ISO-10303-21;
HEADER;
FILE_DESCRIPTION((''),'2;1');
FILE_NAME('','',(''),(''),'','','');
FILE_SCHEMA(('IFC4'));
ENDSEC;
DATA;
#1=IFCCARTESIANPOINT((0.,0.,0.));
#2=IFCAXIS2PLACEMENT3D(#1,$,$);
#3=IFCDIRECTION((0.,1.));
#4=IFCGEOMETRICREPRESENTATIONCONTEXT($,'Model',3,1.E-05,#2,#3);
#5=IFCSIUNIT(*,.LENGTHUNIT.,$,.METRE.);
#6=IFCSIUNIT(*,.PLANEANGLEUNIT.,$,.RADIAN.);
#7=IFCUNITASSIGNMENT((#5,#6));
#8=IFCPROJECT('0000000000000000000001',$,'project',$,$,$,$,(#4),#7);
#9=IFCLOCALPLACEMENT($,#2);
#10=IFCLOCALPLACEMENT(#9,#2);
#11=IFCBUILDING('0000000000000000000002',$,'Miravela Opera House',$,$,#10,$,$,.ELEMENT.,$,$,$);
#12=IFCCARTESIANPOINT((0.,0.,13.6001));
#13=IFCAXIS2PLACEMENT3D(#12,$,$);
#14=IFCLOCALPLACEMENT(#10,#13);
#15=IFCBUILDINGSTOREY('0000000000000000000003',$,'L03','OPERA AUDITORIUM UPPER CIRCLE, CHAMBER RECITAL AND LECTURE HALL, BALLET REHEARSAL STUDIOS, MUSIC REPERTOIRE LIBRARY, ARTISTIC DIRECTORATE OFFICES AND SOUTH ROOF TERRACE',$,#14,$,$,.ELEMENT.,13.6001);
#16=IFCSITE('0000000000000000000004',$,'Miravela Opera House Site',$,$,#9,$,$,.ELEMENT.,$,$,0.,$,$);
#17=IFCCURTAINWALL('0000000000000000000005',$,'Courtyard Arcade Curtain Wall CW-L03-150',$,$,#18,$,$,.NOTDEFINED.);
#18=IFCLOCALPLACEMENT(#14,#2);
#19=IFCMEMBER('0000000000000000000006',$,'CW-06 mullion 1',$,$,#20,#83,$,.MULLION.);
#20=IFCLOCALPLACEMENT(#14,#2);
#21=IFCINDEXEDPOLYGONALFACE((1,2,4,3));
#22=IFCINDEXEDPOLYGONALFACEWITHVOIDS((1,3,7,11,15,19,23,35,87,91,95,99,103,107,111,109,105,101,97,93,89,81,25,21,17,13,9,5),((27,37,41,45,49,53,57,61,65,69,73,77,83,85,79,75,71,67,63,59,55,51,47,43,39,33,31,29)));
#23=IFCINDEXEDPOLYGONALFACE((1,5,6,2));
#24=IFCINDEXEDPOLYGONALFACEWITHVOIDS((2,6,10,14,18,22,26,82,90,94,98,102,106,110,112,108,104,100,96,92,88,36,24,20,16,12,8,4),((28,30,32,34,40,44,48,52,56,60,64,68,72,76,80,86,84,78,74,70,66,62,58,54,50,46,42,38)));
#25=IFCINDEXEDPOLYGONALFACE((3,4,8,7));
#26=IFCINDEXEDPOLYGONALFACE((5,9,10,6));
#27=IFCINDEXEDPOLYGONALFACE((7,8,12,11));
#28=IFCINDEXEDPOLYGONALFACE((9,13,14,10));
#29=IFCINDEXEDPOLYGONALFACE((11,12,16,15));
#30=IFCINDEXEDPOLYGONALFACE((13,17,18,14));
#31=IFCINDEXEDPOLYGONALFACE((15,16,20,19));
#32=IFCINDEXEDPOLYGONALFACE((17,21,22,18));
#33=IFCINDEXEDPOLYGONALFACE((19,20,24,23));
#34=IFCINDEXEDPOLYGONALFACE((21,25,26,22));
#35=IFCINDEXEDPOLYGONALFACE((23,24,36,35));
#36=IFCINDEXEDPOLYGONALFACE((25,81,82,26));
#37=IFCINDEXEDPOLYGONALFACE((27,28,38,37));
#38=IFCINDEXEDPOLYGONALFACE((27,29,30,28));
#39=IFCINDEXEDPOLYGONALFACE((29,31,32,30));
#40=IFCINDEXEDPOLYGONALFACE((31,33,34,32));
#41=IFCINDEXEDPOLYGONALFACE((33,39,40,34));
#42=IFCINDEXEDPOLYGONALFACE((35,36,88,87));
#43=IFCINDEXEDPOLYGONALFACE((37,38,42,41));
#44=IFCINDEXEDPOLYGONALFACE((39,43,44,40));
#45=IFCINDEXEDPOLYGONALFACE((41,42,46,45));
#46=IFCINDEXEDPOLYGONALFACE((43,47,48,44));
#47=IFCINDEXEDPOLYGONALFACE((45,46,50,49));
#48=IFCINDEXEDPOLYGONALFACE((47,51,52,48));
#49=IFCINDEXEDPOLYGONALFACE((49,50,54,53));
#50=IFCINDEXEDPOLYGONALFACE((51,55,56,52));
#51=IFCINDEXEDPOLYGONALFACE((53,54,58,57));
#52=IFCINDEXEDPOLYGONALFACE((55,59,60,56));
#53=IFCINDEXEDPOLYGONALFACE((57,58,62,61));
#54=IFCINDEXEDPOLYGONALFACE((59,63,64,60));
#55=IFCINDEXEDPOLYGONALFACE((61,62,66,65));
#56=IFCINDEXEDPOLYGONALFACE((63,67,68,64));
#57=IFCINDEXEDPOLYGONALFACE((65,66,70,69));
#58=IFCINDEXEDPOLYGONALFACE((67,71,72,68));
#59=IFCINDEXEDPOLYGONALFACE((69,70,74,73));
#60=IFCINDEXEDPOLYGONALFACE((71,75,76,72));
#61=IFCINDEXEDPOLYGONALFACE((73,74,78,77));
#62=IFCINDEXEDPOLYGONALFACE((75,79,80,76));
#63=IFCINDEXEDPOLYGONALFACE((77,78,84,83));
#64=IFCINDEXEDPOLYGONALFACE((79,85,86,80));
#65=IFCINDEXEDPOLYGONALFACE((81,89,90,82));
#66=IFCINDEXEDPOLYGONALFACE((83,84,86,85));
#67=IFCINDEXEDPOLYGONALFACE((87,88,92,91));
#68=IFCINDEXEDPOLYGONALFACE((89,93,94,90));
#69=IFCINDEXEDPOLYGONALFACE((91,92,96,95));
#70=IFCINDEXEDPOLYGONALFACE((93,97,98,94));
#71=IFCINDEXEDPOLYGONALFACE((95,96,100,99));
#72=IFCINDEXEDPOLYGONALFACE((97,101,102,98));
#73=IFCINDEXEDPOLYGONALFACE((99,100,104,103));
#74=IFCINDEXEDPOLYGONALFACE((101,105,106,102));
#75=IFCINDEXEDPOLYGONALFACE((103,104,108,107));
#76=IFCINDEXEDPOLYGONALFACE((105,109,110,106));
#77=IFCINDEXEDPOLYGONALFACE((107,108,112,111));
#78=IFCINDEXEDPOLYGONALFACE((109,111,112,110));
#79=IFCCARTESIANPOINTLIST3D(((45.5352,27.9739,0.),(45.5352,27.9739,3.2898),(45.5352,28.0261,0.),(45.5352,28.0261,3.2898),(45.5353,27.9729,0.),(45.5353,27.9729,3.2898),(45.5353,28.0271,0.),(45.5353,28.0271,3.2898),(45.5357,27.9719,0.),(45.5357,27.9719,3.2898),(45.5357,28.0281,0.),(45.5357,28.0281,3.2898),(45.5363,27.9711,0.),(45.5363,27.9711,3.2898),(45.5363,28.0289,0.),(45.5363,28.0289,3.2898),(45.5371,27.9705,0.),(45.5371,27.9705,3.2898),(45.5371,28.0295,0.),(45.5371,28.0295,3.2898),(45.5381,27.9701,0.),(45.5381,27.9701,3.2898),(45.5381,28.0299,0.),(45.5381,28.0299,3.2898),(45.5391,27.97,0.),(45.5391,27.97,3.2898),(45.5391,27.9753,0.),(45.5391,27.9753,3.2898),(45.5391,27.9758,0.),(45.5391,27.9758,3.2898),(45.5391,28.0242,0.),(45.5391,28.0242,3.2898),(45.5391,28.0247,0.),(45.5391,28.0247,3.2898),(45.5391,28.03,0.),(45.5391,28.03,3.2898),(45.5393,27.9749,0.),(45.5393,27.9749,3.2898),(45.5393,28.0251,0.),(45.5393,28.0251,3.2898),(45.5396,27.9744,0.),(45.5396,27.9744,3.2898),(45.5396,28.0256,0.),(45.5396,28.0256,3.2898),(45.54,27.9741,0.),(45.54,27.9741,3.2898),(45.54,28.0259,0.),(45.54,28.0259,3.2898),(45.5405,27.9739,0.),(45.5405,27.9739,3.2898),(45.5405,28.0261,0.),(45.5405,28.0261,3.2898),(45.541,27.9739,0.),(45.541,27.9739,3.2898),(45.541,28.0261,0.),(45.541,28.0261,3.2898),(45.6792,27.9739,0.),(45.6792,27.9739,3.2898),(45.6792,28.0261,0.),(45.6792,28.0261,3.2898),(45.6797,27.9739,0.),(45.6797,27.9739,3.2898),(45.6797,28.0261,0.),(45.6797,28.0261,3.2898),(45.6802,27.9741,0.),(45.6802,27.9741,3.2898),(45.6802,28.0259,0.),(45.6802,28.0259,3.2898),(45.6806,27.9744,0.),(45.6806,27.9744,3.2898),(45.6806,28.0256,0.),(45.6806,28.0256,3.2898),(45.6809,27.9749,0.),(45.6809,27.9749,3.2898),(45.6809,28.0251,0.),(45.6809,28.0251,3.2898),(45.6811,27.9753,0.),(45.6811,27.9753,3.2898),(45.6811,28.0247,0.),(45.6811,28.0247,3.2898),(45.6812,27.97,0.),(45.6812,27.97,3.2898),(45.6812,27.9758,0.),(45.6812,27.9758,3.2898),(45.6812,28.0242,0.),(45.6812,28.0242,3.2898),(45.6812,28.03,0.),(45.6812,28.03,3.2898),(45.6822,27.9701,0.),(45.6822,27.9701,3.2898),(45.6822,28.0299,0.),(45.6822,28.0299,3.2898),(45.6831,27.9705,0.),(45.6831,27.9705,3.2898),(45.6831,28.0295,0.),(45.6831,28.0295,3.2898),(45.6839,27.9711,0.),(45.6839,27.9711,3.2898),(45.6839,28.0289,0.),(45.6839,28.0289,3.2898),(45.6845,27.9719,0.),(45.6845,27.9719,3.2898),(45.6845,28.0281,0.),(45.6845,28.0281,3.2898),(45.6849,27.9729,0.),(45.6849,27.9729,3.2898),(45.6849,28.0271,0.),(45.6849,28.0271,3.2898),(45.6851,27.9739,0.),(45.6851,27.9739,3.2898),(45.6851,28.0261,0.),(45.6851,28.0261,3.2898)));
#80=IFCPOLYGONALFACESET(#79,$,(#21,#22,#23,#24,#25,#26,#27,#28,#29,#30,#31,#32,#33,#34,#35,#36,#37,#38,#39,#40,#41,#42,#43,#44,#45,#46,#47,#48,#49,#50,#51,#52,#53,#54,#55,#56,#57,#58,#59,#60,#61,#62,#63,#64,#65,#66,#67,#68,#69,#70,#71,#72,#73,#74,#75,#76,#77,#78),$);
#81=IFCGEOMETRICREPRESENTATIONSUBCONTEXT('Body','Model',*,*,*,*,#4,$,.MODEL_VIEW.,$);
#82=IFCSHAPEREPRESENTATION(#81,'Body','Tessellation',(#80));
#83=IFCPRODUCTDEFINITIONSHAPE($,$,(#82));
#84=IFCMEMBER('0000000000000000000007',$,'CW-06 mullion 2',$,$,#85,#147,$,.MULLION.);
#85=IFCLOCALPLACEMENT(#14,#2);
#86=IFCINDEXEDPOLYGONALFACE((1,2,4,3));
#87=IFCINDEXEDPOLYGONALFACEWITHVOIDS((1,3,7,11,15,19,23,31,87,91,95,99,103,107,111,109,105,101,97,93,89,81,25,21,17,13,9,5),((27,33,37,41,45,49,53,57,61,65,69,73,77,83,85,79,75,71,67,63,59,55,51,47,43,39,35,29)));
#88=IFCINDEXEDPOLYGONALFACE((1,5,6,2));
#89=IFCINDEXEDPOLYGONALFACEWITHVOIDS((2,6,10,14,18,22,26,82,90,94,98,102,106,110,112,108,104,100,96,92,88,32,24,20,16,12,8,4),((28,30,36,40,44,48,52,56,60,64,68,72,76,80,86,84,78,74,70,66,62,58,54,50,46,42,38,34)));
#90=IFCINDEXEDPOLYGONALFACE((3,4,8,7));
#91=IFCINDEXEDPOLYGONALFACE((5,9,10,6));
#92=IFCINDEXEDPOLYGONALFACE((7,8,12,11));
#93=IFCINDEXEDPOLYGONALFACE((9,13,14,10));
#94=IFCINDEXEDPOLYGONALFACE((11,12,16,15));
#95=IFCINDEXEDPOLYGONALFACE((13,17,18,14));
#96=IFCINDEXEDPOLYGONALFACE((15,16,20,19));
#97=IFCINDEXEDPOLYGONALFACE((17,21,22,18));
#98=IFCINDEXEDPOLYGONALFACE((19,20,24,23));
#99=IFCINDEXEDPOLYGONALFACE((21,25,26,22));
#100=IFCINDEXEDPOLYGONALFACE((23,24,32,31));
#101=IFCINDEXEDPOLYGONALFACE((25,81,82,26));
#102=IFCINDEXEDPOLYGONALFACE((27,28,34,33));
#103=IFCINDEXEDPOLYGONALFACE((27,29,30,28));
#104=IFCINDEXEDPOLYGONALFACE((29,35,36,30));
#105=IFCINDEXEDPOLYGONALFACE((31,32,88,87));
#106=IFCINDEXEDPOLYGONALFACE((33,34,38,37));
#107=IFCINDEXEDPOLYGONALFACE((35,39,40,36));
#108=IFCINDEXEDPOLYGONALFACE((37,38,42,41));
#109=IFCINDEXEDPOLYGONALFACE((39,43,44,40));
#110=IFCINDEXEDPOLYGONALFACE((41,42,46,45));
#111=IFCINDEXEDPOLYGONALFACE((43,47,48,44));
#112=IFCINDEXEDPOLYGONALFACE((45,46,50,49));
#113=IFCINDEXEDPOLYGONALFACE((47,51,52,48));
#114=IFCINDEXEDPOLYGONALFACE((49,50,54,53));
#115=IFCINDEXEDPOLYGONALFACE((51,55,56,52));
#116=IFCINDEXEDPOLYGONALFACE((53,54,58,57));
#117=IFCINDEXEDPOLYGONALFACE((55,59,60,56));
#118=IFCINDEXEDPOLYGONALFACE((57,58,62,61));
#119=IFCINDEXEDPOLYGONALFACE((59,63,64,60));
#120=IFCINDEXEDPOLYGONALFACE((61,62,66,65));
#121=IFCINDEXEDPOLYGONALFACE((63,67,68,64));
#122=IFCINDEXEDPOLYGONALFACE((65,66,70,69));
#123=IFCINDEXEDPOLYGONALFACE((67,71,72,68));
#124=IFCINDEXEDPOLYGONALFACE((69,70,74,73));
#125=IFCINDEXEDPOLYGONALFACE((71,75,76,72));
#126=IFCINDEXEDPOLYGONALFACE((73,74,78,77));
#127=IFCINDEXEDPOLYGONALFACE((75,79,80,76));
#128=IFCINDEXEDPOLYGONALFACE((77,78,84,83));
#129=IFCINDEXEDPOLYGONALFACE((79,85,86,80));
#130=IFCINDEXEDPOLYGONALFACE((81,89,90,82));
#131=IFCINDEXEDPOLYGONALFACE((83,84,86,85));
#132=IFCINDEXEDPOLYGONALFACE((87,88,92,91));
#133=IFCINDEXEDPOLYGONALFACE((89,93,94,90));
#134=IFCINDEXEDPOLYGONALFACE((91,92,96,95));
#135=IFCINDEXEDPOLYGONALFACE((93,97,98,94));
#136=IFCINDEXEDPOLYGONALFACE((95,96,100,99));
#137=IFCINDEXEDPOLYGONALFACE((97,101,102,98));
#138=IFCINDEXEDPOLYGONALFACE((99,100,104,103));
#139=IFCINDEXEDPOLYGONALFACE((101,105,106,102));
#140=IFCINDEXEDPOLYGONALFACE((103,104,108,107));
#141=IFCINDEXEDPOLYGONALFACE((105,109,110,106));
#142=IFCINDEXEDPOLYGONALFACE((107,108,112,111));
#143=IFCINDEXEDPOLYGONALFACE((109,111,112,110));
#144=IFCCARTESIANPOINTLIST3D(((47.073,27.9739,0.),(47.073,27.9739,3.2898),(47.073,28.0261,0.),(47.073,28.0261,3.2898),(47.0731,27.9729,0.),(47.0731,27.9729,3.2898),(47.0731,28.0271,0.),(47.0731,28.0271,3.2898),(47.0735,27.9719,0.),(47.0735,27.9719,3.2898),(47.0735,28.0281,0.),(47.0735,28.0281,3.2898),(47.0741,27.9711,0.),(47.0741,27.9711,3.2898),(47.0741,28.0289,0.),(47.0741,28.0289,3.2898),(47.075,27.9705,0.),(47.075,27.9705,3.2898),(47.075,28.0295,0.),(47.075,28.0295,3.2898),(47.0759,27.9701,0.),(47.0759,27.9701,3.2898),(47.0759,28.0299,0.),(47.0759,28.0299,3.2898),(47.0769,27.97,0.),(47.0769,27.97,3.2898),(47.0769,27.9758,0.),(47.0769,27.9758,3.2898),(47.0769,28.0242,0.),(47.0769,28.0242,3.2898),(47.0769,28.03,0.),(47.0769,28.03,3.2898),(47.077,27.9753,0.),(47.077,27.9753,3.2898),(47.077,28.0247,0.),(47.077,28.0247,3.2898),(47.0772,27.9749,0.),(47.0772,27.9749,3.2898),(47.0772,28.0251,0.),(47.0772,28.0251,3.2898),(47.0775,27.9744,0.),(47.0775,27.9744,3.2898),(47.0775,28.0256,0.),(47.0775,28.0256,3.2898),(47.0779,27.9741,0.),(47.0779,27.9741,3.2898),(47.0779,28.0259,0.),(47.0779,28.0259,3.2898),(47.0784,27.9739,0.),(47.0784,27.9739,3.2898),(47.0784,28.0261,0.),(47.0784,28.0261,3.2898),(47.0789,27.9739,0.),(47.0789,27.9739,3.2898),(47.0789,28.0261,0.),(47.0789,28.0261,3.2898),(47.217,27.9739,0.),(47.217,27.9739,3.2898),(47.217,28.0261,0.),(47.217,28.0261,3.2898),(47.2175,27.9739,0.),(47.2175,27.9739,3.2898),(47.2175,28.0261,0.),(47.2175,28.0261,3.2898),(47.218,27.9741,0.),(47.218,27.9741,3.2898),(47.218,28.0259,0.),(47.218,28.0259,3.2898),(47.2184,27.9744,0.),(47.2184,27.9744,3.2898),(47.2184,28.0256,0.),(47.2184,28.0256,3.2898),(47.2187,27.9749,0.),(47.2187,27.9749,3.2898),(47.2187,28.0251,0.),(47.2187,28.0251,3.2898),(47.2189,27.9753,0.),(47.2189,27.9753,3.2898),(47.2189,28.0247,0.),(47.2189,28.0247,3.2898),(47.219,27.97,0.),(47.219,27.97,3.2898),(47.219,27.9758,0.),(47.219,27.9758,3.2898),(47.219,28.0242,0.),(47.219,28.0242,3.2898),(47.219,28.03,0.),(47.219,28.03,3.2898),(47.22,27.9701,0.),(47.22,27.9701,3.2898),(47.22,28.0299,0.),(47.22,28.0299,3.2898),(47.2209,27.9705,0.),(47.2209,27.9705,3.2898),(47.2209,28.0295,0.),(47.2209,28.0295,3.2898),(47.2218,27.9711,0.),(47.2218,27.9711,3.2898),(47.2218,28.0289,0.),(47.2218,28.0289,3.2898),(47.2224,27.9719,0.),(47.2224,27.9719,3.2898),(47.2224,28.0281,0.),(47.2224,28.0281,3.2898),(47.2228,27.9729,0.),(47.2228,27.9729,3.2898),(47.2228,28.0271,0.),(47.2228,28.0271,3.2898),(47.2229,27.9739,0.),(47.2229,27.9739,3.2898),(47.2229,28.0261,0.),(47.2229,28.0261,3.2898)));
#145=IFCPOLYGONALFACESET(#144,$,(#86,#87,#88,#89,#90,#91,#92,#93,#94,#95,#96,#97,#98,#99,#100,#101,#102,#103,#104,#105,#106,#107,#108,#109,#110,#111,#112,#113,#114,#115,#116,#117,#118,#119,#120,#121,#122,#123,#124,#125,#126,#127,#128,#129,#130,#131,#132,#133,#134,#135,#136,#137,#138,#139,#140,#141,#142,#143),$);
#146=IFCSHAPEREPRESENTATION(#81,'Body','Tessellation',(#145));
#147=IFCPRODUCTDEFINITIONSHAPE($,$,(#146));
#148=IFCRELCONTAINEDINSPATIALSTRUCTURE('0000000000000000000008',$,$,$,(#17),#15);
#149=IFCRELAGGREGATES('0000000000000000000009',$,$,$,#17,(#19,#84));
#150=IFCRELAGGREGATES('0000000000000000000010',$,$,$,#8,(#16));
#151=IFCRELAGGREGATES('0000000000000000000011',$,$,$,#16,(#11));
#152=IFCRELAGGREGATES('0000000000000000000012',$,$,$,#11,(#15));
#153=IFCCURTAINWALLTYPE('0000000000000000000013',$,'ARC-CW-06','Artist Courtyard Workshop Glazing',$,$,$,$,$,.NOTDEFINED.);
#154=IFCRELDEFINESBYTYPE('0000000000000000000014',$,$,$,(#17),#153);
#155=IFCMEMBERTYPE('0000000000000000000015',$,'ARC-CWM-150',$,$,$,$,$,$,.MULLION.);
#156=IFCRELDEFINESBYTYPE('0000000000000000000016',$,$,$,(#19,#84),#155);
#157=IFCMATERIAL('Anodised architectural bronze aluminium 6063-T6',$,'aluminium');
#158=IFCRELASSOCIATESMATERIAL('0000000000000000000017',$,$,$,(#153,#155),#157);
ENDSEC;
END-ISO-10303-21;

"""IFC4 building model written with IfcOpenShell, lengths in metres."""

from ifc_helpers import new_model, si_unit, direction, frame, origin, origin_2d, place, context, subcontext, project, spatial, hollow_rectangle, extrude, material, material_profile, profile_set, type_object, element, aggregate, save


model = new_model("IFC4")

# Units and contexts
model_context = context("Model", 3, precision=1e-05, world=origin(), true_north=direction((0.0, 1.0)))
body_context = subcontext(model_context, "Body", "Model", "MODEL_VIEW")
ifc_project = project(units=[si_unit("LENGTHUNIT", "METRE"), si_unit("PLANEANGLEUNIT", "RADIAN")], contexts=[model_context])

# Site, building, storey
site_placement = place(None, origin())
site = spatial("IfcSite", under=ifc_project, at=site_placement, Name="Miravela Opera House Site", CompositionType="ELEMENT", RefElevation=0.0)
building_placement = place(site_placement, origin())
building = spatial("IfcBuilding", under=site, at=building_placement, Name="Miravela Opera House", CompositionType="ELEMENT")
storey_placement = place(building_placement, frame((0.0, 0.0, 13.6001)))
storey = spatial("IfcBuildingStorey", under=building, at=storey_placement, Name="L03", Description="OPERA AUDITORIUM UPPER CIRCLE, CHAMBER RECITAL AND LECTURE HALL, BALLET REHEARSAL STUDIOS, MUSIC REPERTOIRE LIBRARY, ARTISTIC DIRECTORATE OFFICES AND SOUTH ROOF TERRACE", CompositionType="ELEMENT", Elevation=13.6001)

# Curtain wall, members
ifc_material_1 = material(Name="Anodised architectural bronze aluminium 6063-T6", Category="aluminium")
curtain_wall_type = type_object("IfcCurtainWallType", Name="ARC-CW-06", Description="Artist Courtyard Workshop Glazing", PredefinedType="NOTDEFINED", material=ifc_material_1)
ifc_material_profile_1 = material_profile(ifc_material_1, hollow_rectangle(XDim=0.0601, YDim=0.1499, WallThickness=0.0039, InnerFilletRadius=0.002, OuterFilletRadius=0.0039, at=origin_2d()), Name="CWM-60X150")
ifc_profile_set_1 = profile_set([ifc_material_profile_1])
member_type_1 = type_object("IfcMemberType", Name="ARC-CWM-150", PredefinedType="MULLION", material=ifc_profile_set_1)
curtain_wall_1_placement = place(storey_placement, origin())
curtain_wall_1 = element("IfcCurtainWall", 1, at=curtain_wall_1_placement, inside=storey, type_object=curtain_wall_type, Name="Courtyard Arcade Curtain Wall CW-L03-150", PredefinedType="NOTDEFINED")
member_1_placement = place(storey_placement, frame((45.6101, 28.0, 0.0), z_axis=(0.0, 0.0, 1.0), x_axis=(0.0, 1.0, 0.0)))
member_1 = element("IfcMember", 2, at=member_1_placement, type_object=member_type_1, Name="CW-06 mullion 1", PredefinedType="MULLION", context=body_context, shape_type="SweptSolid", body=[
    extrude(hollow_rectangle(XDim=0.0601, YDim=0.1499, WallThickness=0.0039, InnerFilletRadius=0.002, OuterFilletRadius=0.0039, at=origin_2d()), origin(), (0.0, 0.0, 1.0), 3.2898),
])
member_2_placement = place(storey_placement, frame((47.1479, 28.0, 0.0), z_axis=(0.0, 0.0, 1.0), x_axis=(0.0, 1.0, 0.0)))
member_2 = element("IfcMember", 3, at=member_2_placement, type_object=member_type_1, Name="CW-06 mullion 2", PredefinedType="MULLION", context=body_context, shape_type="SweptSolid", body=[
    extrude(hollow_rectangle(XDim=0.0601, YDim=0.1499, WallThickness=0.0039, InnerFilletRadius=0.002, OuterFilletRadius=0.0039, at=origin_2d()), origin(), (0.0, 0.0, 1.0), 3.2898),
])

aggregate(curtain_wall_1, [member_1, member_2])

save(model, "model.ifc")
